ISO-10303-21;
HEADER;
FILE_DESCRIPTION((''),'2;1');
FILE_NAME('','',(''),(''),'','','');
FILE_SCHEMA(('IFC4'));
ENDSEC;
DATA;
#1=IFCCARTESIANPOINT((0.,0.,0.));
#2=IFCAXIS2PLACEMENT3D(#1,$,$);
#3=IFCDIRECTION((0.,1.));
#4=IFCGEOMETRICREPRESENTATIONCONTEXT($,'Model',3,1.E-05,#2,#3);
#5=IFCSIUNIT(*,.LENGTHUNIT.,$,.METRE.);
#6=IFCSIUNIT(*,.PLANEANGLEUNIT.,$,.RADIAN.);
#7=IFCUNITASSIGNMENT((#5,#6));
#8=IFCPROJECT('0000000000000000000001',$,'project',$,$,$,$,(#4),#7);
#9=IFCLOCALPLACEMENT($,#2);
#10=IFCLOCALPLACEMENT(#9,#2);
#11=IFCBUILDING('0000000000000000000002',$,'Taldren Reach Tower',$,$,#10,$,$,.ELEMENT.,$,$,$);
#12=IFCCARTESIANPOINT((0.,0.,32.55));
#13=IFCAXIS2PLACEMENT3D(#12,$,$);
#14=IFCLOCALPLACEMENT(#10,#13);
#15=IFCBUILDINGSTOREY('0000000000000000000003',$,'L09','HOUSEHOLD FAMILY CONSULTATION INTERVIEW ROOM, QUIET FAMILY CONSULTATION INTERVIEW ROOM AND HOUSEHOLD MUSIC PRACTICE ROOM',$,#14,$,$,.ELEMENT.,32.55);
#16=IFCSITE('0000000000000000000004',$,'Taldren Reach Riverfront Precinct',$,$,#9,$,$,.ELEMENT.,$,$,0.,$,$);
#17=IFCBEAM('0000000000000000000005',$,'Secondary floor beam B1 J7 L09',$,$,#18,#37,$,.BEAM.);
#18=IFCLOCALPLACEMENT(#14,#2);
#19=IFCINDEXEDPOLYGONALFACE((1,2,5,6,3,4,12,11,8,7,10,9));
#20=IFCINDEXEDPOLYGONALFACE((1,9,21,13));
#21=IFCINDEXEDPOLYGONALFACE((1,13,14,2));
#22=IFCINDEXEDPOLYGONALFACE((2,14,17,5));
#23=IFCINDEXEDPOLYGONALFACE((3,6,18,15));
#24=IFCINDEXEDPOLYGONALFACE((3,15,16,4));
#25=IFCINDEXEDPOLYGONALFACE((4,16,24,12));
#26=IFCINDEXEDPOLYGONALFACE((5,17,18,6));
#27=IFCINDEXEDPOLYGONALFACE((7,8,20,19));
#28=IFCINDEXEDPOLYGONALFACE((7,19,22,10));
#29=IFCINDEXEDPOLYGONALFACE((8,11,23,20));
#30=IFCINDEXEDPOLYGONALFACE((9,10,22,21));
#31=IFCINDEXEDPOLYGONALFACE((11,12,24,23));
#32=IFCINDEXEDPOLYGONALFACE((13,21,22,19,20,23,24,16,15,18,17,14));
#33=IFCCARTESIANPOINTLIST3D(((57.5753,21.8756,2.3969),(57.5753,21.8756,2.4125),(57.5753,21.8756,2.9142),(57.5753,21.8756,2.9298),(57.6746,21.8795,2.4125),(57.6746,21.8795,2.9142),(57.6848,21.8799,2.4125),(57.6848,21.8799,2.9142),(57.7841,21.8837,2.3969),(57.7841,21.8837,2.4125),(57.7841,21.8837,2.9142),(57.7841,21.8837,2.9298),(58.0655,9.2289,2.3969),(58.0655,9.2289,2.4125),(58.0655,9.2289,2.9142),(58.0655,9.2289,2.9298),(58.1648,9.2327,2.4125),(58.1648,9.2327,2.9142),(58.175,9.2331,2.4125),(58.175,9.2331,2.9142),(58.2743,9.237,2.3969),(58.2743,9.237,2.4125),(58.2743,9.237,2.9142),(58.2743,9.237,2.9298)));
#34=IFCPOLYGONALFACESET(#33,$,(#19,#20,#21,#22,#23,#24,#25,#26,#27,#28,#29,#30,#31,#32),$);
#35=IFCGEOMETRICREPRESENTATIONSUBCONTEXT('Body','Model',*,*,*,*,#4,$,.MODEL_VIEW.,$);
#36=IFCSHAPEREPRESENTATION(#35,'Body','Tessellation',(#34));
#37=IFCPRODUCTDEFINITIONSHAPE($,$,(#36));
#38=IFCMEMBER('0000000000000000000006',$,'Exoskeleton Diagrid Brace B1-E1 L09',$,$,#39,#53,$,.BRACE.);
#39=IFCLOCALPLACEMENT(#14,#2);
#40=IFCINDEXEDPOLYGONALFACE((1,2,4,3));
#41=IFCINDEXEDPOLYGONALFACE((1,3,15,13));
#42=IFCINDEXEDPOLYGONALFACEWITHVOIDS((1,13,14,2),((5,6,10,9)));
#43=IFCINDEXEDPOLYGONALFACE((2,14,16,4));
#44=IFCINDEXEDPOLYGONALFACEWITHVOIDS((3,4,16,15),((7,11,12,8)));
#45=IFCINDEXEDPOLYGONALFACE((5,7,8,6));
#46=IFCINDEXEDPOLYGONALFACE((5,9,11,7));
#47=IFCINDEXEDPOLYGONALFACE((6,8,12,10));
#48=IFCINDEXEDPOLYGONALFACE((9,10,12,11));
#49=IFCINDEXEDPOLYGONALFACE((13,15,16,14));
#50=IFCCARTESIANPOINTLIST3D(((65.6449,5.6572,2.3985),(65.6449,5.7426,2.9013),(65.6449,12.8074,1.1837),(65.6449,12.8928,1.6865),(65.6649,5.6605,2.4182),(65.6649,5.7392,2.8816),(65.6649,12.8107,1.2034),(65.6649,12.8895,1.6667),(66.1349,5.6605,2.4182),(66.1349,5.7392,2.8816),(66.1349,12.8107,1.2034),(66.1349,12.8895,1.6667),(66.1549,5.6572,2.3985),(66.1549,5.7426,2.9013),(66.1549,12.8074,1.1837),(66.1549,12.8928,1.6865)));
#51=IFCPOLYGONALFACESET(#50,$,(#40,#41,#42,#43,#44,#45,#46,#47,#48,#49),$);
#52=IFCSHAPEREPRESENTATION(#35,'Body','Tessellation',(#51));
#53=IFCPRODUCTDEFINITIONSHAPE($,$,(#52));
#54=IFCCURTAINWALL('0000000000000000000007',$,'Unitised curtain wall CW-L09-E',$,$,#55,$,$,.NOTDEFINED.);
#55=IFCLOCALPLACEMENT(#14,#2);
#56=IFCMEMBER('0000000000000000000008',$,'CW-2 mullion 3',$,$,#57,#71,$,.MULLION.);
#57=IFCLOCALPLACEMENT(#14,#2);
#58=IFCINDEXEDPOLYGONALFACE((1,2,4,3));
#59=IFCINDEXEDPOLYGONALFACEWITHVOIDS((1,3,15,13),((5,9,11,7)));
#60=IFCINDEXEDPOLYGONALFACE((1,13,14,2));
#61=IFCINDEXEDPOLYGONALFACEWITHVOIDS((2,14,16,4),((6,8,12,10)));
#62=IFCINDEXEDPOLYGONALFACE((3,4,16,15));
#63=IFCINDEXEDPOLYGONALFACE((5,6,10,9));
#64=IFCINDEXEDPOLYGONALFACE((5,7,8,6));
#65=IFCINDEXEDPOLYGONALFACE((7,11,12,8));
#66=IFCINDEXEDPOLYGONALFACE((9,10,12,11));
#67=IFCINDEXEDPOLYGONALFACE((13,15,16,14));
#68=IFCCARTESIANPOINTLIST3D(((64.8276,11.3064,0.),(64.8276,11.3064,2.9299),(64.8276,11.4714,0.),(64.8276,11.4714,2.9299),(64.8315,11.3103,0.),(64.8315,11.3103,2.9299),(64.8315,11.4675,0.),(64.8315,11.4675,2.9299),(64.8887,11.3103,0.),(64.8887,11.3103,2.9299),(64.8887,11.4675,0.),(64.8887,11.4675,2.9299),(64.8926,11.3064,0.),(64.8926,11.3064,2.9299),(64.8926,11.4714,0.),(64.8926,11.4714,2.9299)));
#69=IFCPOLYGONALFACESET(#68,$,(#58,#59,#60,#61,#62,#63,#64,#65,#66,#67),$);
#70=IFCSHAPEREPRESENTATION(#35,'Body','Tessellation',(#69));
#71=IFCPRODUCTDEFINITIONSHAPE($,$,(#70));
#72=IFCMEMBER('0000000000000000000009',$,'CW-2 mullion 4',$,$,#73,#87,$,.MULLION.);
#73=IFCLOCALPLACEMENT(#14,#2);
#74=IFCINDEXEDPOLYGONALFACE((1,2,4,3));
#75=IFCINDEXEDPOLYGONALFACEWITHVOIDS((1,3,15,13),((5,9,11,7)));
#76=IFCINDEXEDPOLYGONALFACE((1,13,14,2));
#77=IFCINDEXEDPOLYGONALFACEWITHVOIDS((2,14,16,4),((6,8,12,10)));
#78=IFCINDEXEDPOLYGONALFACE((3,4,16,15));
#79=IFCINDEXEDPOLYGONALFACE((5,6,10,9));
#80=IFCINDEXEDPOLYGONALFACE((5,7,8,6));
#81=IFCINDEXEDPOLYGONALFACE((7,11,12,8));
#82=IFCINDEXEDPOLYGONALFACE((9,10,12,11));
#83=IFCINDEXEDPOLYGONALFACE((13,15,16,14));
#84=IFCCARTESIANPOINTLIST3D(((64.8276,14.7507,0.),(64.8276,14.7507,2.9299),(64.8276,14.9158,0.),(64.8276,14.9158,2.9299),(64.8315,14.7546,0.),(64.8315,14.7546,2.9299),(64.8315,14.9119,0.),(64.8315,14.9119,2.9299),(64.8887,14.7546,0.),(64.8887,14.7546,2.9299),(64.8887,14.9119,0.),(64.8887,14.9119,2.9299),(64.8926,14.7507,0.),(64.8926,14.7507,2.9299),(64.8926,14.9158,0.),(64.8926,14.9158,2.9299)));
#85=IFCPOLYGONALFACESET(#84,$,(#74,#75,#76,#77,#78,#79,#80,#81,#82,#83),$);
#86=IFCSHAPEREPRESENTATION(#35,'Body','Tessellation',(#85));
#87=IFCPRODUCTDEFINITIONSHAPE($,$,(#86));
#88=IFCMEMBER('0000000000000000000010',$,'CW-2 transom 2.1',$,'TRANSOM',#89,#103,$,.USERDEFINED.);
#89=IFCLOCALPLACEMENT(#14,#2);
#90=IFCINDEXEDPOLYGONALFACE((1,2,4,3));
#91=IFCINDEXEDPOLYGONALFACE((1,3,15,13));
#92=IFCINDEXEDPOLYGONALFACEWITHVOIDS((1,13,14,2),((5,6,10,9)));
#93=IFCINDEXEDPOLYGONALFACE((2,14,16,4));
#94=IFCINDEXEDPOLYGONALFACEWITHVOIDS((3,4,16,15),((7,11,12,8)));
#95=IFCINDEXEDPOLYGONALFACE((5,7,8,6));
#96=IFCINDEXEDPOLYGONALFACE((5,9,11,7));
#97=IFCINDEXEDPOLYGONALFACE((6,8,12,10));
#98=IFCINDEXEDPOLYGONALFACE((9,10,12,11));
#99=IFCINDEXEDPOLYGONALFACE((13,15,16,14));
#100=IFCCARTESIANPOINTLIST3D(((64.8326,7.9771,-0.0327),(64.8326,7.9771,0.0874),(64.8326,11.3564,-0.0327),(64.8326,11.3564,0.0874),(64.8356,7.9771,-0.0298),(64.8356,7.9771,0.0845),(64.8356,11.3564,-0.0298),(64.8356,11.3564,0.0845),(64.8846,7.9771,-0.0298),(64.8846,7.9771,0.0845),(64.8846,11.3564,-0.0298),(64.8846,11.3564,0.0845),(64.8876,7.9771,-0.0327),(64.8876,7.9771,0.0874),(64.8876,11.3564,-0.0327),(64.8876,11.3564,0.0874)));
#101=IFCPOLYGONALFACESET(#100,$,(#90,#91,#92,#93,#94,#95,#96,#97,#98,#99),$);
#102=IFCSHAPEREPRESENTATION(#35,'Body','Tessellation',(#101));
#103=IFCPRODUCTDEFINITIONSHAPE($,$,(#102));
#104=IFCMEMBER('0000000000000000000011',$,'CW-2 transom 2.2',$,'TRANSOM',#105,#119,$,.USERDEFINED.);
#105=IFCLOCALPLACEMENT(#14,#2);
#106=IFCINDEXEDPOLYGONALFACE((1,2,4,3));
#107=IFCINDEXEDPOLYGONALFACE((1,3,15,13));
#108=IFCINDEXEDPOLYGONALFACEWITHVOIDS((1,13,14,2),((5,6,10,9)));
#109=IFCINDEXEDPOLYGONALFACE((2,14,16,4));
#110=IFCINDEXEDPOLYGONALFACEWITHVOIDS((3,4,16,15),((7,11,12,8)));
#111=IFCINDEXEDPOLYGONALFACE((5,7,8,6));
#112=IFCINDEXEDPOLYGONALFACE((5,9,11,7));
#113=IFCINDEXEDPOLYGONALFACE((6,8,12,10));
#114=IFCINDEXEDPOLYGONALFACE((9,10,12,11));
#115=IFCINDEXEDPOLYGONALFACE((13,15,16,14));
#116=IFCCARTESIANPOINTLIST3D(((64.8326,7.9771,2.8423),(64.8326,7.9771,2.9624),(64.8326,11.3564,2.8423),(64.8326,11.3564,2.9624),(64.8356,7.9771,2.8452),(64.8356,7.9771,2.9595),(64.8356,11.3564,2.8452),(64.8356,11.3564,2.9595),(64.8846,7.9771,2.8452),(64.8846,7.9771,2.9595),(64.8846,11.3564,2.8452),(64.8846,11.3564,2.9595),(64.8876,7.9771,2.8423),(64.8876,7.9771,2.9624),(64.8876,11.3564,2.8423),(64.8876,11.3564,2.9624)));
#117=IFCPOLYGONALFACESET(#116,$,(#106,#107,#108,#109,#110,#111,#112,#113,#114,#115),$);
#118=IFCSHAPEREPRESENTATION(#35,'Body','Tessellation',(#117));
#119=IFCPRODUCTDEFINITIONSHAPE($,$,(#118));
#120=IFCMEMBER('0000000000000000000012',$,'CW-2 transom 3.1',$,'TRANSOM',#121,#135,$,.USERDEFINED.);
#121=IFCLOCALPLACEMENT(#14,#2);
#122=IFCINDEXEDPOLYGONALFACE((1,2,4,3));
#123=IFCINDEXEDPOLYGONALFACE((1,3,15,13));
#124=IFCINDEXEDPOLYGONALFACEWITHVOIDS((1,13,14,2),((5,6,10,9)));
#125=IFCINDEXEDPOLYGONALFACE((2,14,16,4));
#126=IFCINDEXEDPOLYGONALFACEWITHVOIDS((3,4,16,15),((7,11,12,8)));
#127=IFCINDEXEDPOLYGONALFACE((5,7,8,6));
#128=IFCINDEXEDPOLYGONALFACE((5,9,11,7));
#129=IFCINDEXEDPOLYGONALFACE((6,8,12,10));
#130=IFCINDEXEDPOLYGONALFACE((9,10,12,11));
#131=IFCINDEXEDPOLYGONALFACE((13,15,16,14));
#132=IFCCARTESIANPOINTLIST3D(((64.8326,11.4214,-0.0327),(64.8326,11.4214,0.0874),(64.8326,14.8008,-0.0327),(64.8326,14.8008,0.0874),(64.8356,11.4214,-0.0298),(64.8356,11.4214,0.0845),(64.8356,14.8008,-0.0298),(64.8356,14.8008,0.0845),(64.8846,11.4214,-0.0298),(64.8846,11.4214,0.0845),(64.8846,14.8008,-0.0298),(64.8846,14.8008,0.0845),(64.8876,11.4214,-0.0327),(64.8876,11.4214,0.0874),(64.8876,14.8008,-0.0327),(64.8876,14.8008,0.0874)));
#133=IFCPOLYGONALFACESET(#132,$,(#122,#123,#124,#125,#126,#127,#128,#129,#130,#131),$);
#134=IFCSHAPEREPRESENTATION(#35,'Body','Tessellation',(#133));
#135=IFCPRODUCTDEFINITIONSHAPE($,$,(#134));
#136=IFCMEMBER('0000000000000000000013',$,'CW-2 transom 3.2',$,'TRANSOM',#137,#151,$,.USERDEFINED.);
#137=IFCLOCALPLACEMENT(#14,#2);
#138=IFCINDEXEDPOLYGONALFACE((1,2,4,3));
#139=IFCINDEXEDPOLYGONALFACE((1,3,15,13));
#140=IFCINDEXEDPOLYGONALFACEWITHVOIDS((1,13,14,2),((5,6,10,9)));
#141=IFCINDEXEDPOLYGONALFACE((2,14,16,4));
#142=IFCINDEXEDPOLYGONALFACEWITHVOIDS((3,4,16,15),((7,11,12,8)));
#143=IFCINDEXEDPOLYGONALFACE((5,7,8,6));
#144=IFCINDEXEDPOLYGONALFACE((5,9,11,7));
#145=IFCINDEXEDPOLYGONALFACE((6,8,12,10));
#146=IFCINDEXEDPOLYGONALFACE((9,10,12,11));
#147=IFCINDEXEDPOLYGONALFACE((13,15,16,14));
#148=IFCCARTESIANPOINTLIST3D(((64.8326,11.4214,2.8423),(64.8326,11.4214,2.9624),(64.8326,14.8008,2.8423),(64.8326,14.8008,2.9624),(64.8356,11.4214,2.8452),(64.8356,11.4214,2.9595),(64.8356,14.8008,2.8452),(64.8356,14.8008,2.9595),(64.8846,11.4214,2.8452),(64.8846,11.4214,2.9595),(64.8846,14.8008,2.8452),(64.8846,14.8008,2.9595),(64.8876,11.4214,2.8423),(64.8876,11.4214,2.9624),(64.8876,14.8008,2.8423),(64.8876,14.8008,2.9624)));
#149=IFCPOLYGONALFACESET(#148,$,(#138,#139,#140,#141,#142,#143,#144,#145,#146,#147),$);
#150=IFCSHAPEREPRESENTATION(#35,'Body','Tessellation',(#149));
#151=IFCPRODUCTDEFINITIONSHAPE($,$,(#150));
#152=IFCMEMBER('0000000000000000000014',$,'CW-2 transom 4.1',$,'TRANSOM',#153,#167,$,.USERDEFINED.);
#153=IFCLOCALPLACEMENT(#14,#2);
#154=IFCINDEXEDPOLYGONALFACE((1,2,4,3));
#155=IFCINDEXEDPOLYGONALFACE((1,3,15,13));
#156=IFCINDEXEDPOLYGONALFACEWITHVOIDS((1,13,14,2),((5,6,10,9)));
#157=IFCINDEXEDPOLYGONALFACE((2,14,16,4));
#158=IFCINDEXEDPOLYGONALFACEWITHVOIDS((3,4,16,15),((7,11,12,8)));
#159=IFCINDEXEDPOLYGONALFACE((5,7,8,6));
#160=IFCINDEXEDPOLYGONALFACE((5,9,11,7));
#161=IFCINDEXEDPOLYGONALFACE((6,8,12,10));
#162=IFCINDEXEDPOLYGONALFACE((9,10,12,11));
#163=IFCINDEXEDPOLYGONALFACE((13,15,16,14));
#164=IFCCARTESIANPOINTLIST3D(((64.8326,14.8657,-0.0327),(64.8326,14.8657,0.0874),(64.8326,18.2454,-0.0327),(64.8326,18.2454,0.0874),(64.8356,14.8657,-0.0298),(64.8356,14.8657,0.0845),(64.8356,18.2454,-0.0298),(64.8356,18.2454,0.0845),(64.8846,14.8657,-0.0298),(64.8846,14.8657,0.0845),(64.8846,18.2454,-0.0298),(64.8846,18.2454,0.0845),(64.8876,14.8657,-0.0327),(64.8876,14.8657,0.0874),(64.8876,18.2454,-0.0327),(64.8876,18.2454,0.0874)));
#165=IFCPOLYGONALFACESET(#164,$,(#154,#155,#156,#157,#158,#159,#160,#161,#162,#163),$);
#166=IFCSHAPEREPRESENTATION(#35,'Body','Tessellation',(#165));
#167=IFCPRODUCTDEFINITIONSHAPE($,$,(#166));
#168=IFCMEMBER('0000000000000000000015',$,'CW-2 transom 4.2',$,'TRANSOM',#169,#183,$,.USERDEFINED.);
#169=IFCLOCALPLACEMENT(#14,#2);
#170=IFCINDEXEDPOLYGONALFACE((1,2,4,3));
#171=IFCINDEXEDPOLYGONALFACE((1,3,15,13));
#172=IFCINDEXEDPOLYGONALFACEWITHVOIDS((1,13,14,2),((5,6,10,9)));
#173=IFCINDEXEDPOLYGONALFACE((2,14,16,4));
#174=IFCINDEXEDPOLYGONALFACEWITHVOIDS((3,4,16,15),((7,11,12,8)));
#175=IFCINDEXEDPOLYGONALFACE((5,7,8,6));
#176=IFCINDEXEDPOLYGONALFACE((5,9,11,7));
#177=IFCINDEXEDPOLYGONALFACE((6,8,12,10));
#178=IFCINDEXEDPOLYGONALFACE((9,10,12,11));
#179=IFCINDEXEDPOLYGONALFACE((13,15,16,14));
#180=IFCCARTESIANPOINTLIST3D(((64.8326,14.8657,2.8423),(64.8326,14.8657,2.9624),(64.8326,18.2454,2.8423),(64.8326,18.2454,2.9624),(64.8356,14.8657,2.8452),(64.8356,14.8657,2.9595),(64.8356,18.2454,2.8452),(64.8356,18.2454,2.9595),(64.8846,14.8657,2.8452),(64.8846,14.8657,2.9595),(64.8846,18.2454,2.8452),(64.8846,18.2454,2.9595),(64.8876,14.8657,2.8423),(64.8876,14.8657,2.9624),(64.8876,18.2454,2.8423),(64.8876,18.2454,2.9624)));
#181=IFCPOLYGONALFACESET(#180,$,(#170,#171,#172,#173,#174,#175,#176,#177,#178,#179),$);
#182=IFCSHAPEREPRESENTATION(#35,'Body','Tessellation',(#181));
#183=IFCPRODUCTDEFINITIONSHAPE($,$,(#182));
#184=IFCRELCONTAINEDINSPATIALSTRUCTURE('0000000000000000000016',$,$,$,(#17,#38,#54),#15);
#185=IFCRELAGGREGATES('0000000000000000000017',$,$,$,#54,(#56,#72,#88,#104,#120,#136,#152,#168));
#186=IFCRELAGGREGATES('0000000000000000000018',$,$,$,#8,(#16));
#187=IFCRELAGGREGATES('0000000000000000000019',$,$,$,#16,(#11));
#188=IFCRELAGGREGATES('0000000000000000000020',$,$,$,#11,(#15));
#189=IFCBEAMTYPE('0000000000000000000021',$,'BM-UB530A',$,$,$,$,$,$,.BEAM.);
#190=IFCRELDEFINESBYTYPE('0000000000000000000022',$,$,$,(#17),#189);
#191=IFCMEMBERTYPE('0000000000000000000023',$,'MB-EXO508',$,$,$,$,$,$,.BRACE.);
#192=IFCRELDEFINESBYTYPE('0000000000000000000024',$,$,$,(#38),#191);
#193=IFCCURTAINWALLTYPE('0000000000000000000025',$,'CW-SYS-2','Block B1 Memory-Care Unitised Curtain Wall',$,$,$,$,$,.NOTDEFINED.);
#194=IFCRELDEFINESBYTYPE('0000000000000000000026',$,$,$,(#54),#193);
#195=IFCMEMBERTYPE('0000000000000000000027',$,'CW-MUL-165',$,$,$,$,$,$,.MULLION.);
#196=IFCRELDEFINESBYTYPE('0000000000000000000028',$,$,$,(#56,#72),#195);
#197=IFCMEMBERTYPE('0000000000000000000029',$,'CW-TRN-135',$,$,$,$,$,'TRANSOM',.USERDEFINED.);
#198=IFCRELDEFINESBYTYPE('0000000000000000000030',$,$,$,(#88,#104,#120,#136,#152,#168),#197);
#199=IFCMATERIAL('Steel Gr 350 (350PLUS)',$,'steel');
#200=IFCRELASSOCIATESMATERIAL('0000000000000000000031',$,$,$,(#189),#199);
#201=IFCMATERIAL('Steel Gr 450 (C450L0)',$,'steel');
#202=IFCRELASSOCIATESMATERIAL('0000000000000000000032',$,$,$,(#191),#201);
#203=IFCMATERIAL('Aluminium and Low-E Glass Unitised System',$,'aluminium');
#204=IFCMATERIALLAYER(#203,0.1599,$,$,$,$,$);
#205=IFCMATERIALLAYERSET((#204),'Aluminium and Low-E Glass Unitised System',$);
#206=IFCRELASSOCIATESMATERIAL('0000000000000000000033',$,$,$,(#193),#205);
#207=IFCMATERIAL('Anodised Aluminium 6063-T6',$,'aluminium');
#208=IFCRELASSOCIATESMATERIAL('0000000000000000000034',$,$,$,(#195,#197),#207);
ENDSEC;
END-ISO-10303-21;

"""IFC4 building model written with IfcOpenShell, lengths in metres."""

from ifc_helpers import new_model, si_unit, direction, frame, origin, origin_2d, place, context, subcontext, project, spatial, hollow_rectangle, i_section, extrude, source, transform, mapped, material, layer, layer_set, material_profile, profile_set, type_object, element, aggregate, save


model = new_model("IFC4")

# Units and contexts
model_context = context("Model", 3, precision=1e-05, world=origin(), true_north=direction((0.0, 1.0)))
body_context = subcontext(model_context, "Body", "Model", "MODEL_VIEW")
ifc_project = project(units=[si_unit("LENGTHUNIT", "METRE"), si_unit("PLANEANGLEUNIT", "RADIAN")], contexts=[model_context])

# Site, building, storey
site_placement = place(None, origin())
site = spatial("IfcSite", under=ifc_project, at=site_placement, Name="Taldren Reach Riverfront Precinct", CompositionType="ELEMENT", RefElevation=0.0)
building_placement = place(site_placement, origin())
building = spatial("IfcBuilding", under=site, at=building_placement, Name="Taldren Reach Tower", CompositionType="ELEMENT")
storey_placement = place(building_placement, frame((0.0, 0.0, 32.55)))
storey = spatial("IfcBuildingStorey", under=building, at=storey_placement, Name="L09", Description="HOUSEHOLD FAMILY CONSULTATION INTERVIEW ROOM, QUIET FAMILY CONSULTATION INTERVIEW ROOM AND HOUSEHOLD MUSIC PRACTICE ROOM", CompositionType="ELEMENT", Elevation=32.55)

# Beam
ifc_material_1 = material(Name="Steel Gr 350 (350PLUS)", Category="steel")
ifc_material_profile_1 = material_profile(ifc_material_1, i_section(OverallWidth=0.209, OverallDepth=0.533, WebThickness=0.0103, FlangeThickness=0.0156, at=origin_2d()), Name="530UB92.4")
ifc_profile_set_1 = profile_set([ifc_material_profile_1], Name="Steel Gr 350 (350PLUS)")
beam_type = type_object("IfcBeamType", Name="BM-UB530A", PredefinedType="BEAM", material=ifc_profile_set_1)
shared_shape_1 = source(origin(), body_context, "Body", "SweptSolid", [
    extrude(i_section(OverallWidth=0.209, OverallDepth=0.533, WebThickness=0.0103, FlangeThickness=0.0156, at=origin_2d()), origin(), (0.0, 0.0, 1.0), 12.6562),
])
beam_placement = place(storey_placement, frame((58.1699, 9.2329, 2.6633), z_axis=(-0.038735, 0.99925, 0.0), x_axis=(-0.99925, -0.038735, 0.0)))
element("IfcBeam", 1, at=beam_placement, inside=storey, type_object=beam_type, Name="Secondary floor beam B1 J7 L09", PredefinedType="BEAM", context=body_context, shape_type="MappedRepresentation", body=[
    mapped(shared_shape_1, transform((0.0, 0.0, 0.0), scale=1.0)),
])

# Member
ifc_material_2 = material(Name="Steel Gr 450 (C450L0)", Category="steel")
ifc_material_profile_2 = material_profile(ifc_material_2, hollow_rectangle(XDim=0.51, YDim=0.51, WallThickness=0.02, at=origin_2d()), Name="510x510x20.0SHS")
ifc_profile_set_2 = profile_set([ifc_material_profile_2], Name="Steel Gr 450 (C450L0)")
member_type_1 = type_object("IfcMemberType", Name="MB-EXO508", PredefinedType="BRACE", material=ifc_profile_set_2)
shared_shape_2 = source(origin(), body_context, "Body", "SweptSolid", [
    extrude(hollow_rectangle(XDim=0.51, YDim=0.51, WallThickness=0.02, at=origin_2d()), origin(), (0.0, 0.0, 1.0), 7.2527),
])
member_1_placement = place(storey_placement, frame((65.8999, 12.8501, 1.4351), z_axis=(0.0, -0.985871, 0.167504), x_axis=(1.0, 0.0, 0.0)))
element("IfcMember", 2, at=member_1_placement, inside=storey, type_object=member_type_1, Name="Exoskeleton Diagrid Brace B1-E1 L09", PredefinedType="BRACE", context=body_context, shape_type="MappedRepresentation", body=[
    mapped(shared_shape_2, transform((0.0, 0.0, 0.0), scale=1.0)),
])

# Curtain wall, members
ifc_material_3 = material(Name="Aluminium and Low-E Glass Unitised System", Category="aluminium")
ifc_layer_1 = layer(ifc_material_3, 0.1599)
ifc_layer_set_1 = layer_set([ifc_layer_1], Name="Aluminium and Low-E Glass Unitised System")
curtain_wall_type = type_object("IfcCurtainWallType", Name="CW-SYS-2", Description="Block B1 Memory-Care Unitised Curtain Wall", PredefinedType="NOTDEFINED", material=ifc_layer_set_1)
curtain_wall_placement = place(storey_placement, origin())
curtain_wall = element("IfcCurtainWall", 3, at=curtain_wall_placement, inside=storey, type_object=curtain_wall_type, Name="Unitised curtain wall CW-L09-E", PredefinedType="NOTDEFINED")
ifc_material_4 = material(Name="Anodised Aluminium 6063-T6", Category="aluminium")
ifc_material_profile_3 = material_profile(ifc_material_4, hollow_rectangle(XDim=0.0649, YDim=0.165, WallThickness=0.0039, at=origin_2d()), Name="ALU-165x65x4RHS")
ifc_profile_set_3 = profile_set([ifc_material_profile_3], Name="Anodised Aluminium 6063-T6")
member_type_2 = type_object("IfcMemberType", Name="CW-MUL-165", PredefinedType="MULLION", material=ifc_profile_set_3)
shared_shape_3 = source(origin(), body_context, "Body", "SweptSolid", [
    extrude(hollow_rectangle(XDim=0.0649, YDim=0.165, WallThickness=0.0039, at=origin_2d()), origin(), (0.0, 0.0, 1.0), 2.9299),
])
member_2_placement = place(storey_placement, frame((64.8601, 11.3889, 0.0), z_axis=(0.0, 0.0, 1.0), x_axis=(-1.0, 0.0, 0.0)))
member_2 = element("IfcMember", 4, at=member_2_placement, type_object=member_type_2, Name="CW-2 mullion 3", PredefinedType="MULLION", context=body_context, shape_type="MappedRepresentation", body=[
    mapped(shared_shape_3, transform((0.0, 0.0, 0.0), scale=1.0)),
])
member_3_placement = place(storey_placement, frame((64.8601, 14.8333, 0.0), z_axis=(0.0, 0.0, 1.0), x_axis=(-1.0, 0.0, 0.0)))
member_3 = element("IfcMember", 5, at=member_3_placement, type_object=member_type_2, Name="CW-2 mullion 4", PredefinedType="MULLION", context=body_context, shape_type="MappedRepresentation", body=[
    mapped(shared_shape_3, transform((0.0, 0.0, 0.0), scale=1.0)),
])
ifc_material_profile_4 = material_profile(ifc_material_4, hollow_rectangle(XDim=0.0549, YDim=0.1201, WallThickness=0.0029, at=origin_2d()), Name="ALU-120x55x3RHS")
ifc_profile_set_4 = profile_set([ifc_material_profile_4], Name="Anodised Aluminium 6063-T6")
member_type_3 = type_object("IfcMemberType", Name="CW-TRN-135", ElementType="TRANSOM", PredefinedType="USERDEFINED", material=ifc_profile_set_4)
shared_shape_4 = source(origin(), body_context, "Body", "SweptSolid", [
    extrude(hollow_rectangle(XDim=0.0549, YDim=0.1201, WallThickness=0.0029, at=origin_2d()), origin(), (0.0, 0.0, 1.0), 3.3794),
])
member_4_placement = place(storey_placement, frame((64.8601, 7.9771, 0.0273), z_axis=(0.0, 1.0, 0.0), x_axis=(-1.0, 0.0, 0.0)))
member_4 = element("IfcMember", 6, at=member_4_placement, type_object=member_type_3, Name="CW-2 transom 2.1", ObjectType="TRANSOM", PredefinedType="USERDEFINED", context=body_context, shape_type="MappedRepresentation", body=[
    mapped(shared_shape_4, transform((0.0, 0.0, 0.0), scale=1.0)),
])
member_5_placement = place(storey_placement, frame((64.8601, 7.9771, 2.9023), z_axis=(0.0, 1.0, 0.0), x_axis=(-1.0, 0.0, 0.0)))
member_5 = element("IfcMember", 7, at=member_5_placement, type_object=member_type_3, Name="CW-2 transom 2.2", ObjectType="TRANSOM", PredefinedType="USERDEFINED", context=body_context, shape_type="MappedRepresentation", body=[
    mapped(shared_shape_4, transform((0.0, 0.0, 0.0), scale=1.0)),
])
member_6_placement = place(storey_placement, frame((64.8601, 11.4214, 0.0273), z_axis=(0.0, 1.0, 0.0), x_axis=(-1.0, 0.0, 0.0)))
member_6 = element("IfcMember", 8, at=member_6_placement, type_object=member_type_3, Name="CW-2 transom 3.1", ObjectType="TRANSOM", PredefinedType="USERDEFINED", context=body_context, shape_type="MappedRepresentation", body=[
    mapped(shared_shape_4, transform((0.0, 0.0, 0.0), scale=1.0)),
])
member_7_placement = place(storey_placement, frame((64.8601, 11.4214, 2.9023), z_axis=(0.0, 1.0, 0.0), x_axis=(-1.0, 0.0, 0.0)))
member_7 = element("IfcMember", 9, at=member_7_placement, type_object=member_type_3, Name="CW-2 transom 3.2", ObjectType="TRANSOM", PredefinedType="USERDEFINED", context=body_context, shape_type="MappedRepresentation", body=[
    mapped(shared_shape_4, transform((0.0, 0.0, 0.0), scale=1.0)),
])
shared_shape_5 = source(origin(), body_context, "Body", "SweptSolid", [
    extrude(hollow_rectangle(XDim=0.0549, YDim=0.1201, WallThickness=0.0029, at=origin_2d()), origin(), (0.0, 0.0, 1.0), 3.3796),
])
member_8_placement = place(storey_placement, frame((64.8601, 14.8657, 0.0273), z_axis=(0.0, 1.0, 0.0), x_axis=(-1.0, 0.0, 0.0)))
member_8 = element("IfcMember", 10, at=member_8_placement, type_object=member_type_3, Name="CW-2 transom 4.1", ObjectType="TRANSOM", PredefinedType="USERDEFINED", context=body_context, shape_type="MappedRepresentation", body=[
    mapped(shared_shape_5, transform((0.0, 0.0, 0.0), scale=1.0)),
])
member_9_placement = place(storey_placement, frame((64.8601, 14.8657, 2.9023), z_axis=(0.0, 1.0, 0.0), x_axis=(-1.0, 0.0, 0.0)))
member_9 = element("IfcMember", 11, at=member_9_placement, type_object=member_type_3, Name="CW-2 transom 4.2", ObjectType="TRANSOM", PredefinedType="USERDEFINED", context=body_context, shape_type="MappedRepresentation", body=[
    mapped(shared_shape_5, transform((0.0, 0.0, 0.0), scale=1.0)),
])
aggregate(curtain_wall, [member_2, member_3, member_4, member_5, member_6, member_7, member_8, member_9])

save(model, "model.ifc")
